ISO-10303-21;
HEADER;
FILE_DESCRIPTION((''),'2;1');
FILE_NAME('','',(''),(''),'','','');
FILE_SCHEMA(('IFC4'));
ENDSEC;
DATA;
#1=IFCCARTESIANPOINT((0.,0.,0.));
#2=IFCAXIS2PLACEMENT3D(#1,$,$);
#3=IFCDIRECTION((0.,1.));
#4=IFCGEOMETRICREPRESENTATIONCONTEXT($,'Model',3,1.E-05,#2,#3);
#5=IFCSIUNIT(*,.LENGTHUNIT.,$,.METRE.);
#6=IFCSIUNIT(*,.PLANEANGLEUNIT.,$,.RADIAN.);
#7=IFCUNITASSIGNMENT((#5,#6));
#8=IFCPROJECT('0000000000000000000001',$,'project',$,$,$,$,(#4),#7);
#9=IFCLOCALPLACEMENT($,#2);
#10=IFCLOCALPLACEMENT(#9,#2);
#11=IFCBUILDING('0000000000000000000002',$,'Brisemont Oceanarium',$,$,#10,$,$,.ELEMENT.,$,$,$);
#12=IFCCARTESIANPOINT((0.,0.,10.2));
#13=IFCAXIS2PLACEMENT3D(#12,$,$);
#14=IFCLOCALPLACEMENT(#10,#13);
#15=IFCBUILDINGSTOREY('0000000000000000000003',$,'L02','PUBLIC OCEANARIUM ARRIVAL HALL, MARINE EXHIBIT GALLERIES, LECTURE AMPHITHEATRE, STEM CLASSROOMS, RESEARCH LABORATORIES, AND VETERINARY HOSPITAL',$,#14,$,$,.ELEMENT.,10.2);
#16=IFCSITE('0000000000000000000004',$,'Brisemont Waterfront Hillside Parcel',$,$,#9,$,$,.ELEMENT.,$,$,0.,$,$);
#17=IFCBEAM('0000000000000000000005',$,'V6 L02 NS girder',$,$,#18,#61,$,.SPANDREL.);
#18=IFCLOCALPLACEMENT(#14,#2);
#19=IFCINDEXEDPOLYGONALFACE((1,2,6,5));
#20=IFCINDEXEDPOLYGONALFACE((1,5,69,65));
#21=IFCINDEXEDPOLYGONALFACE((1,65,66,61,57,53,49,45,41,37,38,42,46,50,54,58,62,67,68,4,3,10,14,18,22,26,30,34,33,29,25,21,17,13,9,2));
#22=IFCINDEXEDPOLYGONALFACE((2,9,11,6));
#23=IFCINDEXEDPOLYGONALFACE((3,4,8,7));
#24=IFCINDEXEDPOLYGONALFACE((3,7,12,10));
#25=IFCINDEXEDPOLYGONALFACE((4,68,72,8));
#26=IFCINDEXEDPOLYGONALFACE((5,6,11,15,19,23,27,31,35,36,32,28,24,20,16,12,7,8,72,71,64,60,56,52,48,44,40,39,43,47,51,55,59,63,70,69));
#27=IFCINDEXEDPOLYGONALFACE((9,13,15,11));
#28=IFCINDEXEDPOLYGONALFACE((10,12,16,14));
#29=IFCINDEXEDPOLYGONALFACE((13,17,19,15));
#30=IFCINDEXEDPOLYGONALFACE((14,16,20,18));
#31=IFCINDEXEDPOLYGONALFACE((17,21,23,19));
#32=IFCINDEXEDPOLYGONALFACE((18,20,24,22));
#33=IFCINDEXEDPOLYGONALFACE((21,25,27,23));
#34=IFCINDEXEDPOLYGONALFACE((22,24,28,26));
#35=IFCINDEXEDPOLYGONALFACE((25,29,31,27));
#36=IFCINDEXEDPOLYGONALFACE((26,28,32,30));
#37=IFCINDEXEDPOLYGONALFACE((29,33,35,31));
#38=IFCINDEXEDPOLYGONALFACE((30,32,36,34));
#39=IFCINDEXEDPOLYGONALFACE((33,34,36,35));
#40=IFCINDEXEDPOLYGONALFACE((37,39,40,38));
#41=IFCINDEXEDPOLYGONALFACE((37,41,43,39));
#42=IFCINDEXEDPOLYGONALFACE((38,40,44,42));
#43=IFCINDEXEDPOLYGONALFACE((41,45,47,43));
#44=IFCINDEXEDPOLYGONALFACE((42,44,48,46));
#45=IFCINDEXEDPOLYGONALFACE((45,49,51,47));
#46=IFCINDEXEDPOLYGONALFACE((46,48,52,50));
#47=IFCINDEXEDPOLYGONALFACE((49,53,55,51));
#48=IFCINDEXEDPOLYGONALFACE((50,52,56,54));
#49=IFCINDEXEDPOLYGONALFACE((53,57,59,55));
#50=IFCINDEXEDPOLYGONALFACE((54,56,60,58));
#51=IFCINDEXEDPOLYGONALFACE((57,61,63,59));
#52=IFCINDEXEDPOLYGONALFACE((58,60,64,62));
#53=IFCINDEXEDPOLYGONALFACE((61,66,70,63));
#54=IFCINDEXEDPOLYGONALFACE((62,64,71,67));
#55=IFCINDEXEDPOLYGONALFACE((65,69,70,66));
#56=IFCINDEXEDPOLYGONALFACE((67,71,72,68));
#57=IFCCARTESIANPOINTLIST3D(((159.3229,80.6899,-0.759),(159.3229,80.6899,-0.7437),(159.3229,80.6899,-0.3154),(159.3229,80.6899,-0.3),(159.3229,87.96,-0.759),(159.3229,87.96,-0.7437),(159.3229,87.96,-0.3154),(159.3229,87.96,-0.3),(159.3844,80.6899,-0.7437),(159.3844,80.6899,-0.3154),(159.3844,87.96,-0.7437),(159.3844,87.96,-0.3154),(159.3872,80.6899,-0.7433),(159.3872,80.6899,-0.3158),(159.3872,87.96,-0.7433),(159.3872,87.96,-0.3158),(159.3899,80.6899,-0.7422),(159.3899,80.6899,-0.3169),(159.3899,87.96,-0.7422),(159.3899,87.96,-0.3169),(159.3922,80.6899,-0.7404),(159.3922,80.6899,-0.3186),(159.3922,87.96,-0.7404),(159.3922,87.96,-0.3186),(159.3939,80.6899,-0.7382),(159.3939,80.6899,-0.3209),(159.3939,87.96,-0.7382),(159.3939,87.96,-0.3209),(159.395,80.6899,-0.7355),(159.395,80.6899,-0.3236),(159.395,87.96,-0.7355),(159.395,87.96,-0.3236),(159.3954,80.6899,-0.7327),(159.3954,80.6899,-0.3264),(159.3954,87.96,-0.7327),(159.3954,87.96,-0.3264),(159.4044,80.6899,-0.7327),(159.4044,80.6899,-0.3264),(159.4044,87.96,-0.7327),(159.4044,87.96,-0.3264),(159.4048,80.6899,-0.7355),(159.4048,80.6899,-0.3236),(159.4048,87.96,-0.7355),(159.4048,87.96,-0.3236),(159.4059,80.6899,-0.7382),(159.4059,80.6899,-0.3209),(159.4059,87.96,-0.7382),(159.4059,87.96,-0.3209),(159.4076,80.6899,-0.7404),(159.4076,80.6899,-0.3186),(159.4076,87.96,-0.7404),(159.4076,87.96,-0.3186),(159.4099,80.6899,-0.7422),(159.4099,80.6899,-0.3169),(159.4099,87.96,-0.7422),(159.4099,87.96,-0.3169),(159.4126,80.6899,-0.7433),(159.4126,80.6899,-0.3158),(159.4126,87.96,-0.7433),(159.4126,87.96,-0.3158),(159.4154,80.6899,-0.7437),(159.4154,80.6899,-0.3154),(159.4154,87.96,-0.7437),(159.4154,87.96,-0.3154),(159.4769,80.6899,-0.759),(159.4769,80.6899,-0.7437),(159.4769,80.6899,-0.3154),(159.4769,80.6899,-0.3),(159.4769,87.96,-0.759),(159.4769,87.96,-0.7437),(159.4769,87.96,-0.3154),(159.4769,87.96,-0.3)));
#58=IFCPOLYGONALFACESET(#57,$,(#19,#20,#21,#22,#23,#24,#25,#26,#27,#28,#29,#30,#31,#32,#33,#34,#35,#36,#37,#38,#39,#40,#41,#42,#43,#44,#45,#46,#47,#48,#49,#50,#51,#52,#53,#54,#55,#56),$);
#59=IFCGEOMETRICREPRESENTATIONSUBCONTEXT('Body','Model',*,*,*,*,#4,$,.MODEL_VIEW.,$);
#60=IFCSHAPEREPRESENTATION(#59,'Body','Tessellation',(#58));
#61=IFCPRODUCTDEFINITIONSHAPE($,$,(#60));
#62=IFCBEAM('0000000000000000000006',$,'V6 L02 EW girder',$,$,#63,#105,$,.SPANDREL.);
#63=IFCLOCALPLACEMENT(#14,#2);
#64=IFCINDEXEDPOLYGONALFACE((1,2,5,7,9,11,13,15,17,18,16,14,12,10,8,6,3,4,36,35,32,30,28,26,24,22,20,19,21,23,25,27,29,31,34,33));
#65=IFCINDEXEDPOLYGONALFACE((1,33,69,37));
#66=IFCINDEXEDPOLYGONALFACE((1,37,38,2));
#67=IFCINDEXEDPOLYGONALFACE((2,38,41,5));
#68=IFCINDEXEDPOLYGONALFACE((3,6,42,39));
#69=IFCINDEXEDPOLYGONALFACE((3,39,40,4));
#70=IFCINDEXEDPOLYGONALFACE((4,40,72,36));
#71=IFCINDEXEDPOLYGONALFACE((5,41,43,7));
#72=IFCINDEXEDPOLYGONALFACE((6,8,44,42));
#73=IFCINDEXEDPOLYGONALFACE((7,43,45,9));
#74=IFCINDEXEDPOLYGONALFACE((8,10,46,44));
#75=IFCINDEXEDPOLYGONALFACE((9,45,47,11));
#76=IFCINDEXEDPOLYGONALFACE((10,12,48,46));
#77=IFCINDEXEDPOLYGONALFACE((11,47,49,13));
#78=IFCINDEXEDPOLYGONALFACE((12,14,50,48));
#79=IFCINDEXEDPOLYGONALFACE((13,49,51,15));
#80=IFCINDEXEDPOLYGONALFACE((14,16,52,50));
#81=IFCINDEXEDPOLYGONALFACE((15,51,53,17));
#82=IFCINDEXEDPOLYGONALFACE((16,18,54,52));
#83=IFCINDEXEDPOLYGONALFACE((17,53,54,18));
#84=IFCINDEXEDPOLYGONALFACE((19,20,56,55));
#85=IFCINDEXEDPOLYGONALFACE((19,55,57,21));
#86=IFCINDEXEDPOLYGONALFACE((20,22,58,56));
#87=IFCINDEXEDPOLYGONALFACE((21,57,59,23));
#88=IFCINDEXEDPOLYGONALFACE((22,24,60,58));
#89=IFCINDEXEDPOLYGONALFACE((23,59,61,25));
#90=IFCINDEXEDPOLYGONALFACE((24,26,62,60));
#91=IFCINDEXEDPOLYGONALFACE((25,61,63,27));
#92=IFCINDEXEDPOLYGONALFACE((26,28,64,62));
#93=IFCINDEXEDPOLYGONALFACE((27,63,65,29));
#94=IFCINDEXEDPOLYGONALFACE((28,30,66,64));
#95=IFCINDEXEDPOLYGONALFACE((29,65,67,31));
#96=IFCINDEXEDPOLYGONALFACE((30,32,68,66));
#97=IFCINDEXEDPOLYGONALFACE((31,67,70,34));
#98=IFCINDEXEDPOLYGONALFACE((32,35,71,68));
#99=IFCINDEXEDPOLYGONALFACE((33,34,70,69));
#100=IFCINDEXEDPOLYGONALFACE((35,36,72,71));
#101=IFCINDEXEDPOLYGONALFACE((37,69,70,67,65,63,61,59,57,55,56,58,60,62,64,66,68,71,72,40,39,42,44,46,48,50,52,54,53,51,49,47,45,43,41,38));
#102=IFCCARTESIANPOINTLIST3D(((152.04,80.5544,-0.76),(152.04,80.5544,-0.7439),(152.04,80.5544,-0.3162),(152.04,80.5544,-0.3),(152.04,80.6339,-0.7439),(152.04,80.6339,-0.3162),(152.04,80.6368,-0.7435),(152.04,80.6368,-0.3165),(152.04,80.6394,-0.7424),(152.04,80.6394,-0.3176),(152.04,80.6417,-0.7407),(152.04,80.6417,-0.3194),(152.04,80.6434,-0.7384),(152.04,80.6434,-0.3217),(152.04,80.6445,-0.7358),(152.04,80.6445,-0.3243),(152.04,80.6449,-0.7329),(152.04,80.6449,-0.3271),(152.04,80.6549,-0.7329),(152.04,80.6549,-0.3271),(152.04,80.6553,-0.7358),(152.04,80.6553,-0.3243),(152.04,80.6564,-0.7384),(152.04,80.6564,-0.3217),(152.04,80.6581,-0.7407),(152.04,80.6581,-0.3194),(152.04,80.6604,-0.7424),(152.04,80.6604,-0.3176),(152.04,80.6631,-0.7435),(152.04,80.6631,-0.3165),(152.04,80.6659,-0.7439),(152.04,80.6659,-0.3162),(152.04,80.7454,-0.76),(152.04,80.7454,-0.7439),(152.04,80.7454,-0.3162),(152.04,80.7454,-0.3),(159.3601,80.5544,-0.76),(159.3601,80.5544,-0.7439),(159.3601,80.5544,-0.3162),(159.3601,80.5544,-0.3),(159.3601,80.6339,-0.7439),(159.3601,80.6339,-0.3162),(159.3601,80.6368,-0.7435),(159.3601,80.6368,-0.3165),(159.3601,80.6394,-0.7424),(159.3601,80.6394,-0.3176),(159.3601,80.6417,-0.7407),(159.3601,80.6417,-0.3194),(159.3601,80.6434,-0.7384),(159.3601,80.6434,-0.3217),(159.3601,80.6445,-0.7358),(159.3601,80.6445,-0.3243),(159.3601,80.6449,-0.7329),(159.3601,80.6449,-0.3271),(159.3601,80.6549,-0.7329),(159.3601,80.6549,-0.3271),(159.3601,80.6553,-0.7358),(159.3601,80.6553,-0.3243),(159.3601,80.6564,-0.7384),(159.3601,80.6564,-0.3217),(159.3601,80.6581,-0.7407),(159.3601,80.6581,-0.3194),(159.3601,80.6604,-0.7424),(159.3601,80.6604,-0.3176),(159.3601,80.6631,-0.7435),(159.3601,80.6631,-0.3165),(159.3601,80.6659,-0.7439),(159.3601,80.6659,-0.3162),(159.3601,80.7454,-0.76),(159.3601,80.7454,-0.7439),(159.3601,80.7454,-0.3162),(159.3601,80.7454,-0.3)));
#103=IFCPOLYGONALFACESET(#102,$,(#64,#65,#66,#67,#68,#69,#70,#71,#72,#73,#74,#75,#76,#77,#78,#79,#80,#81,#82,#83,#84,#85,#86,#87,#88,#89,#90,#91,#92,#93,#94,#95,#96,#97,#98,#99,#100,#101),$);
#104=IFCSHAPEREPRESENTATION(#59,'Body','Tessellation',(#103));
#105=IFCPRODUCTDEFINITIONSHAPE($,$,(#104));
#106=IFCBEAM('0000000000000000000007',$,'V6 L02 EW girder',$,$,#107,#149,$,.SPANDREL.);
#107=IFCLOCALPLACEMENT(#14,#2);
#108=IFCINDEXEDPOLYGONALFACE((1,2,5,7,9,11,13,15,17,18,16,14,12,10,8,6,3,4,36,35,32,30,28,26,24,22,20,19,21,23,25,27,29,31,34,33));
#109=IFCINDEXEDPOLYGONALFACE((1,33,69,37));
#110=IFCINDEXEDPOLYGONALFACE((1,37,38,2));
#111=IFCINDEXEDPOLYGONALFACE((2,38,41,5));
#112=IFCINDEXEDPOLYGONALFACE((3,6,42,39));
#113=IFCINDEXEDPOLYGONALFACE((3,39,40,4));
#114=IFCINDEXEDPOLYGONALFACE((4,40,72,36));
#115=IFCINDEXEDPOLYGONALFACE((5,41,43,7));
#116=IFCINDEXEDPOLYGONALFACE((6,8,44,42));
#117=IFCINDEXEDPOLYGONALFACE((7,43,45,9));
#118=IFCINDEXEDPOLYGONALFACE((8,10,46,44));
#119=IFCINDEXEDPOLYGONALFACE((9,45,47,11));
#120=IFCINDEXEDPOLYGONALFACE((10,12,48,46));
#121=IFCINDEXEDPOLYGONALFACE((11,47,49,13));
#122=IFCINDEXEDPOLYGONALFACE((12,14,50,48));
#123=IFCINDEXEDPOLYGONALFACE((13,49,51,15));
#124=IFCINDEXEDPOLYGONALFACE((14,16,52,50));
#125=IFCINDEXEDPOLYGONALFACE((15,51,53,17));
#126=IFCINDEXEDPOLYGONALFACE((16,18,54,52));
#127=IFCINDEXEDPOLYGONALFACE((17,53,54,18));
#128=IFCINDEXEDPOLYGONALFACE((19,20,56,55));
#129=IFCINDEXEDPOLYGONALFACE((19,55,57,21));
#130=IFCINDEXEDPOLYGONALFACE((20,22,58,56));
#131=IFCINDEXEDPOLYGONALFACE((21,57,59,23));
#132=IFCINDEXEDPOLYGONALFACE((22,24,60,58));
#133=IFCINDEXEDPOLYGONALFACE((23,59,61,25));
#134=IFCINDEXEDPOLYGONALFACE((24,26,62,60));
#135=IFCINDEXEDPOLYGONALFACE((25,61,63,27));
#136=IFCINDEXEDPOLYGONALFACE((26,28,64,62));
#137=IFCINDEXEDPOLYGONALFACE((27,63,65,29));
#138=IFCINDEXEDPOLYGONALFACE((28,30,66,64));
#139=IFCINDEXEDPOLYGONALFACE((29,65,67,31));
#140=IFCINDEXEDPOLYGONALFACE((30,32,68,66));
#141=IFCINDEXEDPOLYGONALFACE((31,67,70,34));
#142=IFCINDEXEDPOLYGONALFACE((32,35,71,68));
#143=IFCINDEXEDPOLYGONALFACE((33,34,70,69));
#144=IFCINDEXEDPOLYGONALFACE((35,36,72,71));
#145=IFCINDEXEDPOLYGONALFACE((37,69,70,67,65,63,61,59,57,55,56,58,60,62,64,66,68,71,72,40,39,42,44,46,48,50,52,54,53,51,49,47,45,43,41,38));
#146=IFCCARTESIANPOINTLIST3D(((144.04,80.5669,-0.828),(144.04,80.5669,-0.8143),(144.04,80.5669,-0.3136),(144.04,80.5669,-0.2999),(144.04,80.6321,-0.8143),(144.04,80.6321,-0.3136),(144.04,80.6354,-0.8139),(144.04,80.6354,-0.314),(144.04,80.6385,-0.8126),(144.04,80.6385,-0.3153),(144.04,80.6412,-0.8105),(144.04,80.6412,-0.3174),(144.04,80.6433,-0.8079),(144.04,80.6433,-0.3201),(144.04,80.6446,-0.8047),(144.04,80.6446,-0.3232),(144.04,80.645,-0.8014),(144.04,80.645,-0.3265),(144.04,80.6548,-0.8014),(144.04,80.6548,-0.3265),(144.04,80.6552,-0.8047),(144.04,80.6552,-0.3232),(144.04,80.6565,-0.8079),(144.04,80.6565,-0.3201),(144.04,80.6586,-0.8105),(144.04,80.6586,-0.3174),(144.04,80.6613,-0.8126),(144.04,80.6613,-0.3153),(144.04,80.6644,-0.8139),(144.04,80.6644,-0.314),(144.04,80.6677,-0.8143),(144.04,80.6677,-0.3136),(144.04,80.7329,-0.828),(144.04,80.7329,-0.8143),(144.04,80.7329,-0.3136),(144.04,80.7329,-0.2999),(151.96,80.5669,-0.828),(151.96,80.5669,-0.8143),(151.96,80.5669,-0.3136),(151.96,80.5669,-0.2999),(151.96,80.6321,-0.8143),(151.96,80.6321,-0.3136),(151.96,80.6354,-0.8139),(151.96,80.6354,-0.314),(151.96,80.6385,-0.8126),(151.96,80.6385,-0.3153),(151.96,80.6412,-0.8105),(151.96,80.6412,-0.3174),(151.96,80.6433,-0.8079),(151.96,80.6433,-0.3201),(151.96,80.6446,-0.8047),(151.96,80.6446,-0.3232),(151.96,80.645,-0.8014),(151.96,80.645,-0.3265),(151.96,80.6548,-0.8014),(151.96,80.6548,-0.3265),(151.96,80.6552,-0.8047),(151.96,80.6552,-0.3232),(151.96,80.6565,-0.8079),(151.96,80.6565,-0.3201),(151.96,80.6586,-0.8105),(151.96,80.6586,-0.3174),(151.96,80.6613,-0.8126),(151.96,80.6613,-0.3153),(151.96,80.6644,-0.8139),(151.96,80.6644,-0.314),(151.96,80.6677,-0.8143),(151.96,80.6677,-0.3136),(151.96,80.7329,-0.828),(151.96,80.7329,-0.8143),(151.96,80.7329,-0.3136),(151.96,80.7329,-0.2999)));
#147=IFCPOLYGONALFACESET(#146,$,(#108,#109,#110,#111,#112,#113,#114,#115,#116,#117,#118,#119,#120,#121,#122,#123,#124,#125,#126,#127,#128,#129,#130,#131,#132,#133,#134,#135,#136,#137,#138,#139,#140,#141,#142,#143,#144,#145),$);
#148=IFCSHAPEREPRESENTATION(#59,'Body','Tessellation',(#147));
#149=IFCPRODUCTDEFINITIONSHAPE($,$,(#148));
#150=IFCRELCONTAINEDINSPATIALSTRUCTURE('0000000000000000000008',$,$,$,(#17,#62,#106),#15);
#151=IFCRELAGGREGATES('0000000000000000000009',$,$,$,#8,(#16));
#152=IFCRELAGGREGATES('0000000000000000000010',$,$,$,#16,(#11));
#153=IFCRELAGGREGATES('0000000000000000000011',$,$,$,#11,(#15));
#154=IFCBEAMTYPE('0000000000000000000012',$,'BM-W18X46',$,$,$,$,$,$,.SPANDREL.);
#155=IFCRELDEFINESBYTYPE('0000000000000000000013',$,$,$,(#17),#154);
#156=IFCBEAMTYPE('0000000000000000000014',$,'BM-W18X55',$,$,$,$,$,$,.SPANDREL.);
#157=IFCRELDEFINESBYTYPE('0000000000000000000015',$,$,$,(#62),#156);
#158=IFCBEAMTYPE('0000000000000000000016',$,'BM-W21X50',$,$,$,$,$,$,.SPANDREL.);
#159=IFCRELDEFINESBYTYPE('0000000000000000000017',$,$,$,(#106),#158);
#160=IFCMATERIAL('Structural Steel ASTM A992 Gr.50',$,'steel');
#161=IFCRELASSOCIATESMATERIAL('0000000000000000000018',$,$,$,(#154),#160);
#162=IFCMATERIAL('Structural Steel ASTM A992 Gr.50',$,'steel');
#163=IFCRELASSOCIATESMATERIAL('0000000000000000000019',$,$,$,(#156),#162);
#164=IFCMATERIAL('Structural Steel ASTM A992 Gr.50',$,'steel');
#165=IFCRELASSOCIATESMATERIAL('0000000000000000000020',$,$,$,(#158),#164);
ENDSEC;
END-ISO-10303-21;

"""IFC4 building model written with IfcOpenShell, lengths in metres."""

from ifc_helpers import new_model, si_unit, direction, frame, origin, origin_2d, place, context, subcontext, project, spatial, i_section, extrude, material, material_profile, profile_set, type_object, element, save


model = new_model("IFC4")

# Units and contexts
model_context = context("Model", 3, precision=1e-05, world=origin(), true_north=direction((0.0, 1.0)))
body_context = subcontext(model_context, "Body", "Model", "MODEL_VIEW")
ifc_project = project(units=[si_unit("LENGTHUNIT", "METRE"), si_unit("PLANEANGLEUNIT", "RADIAN")], contexts=[model_context])

# Site, building, storey
site_placement = place(None, origin())
site = spatial("IfcSite", under=ifc_project, at=site_placement, Name="Brisemont Waterfront Hillside Parcel", CompositionType="ELEMENT", RefElevation=0.0)
building_placement = place(site_placement, origin())
building = spatial("IfcBuilding", under=site, at=building_placement, Name="Brisemont Oceanarium", CompositionType="ELEMENT")
storey_placement = place(building_placement, frame((0.0, 0.0, 10.2)))
storey = spatial("IfcBuildingStorey", under=building, at=storey_placement, Name="L02", Description="PUBLIC OCEANARIUM ARRIVAL HALL, MARINE EXHIBIT GALLERIES, LECTURE AMPHITHEATRE, STEM CLASSROOMS, RESEARCH LABORATORIES, AND VETERINARY HOSPITAL", CompositionType="ELEMENT", Elevation=10.2)

# Beams
ifc_material_1 = material(Name="Structural Steel ASTM A992 Gr.50", Category="steel")
ifc_material_profile_1 = material_profile(ifc_material_1, i_section(OverallWidth=0.1541, OverallDepth=0.459, WebThickness=0.009, FlangeThickness=0.0154, FilletRadius=0.011, at=origin_2d()), Name="W18X46")
ifc_profile_set_1 = profile_set([ifc_material_profile_1], Name="Structural Steel ASTM A992 Gr.50")
beam_type_1 = type_object("IfcBeamType", Name="BM-W18X46", PredefinedType="SPANDREL", material=ifc_profile_set_1)
beam_1_placement = place(storey_placement, frame((159.3999, 80.6899, -0.5295), z_axis=(0.0, 1.0, 0.0), x_axis=(-1.0, 0.0, 0.0)))
element("IfcBeam", 1, at=beam_1_placement, inside=storey, type_object=beam_type_1, Name="V6 L02 NS girder", PredefinedType="SPANDREL", context=body_context, shape_type="SweptSolid", body=[
    extrude(i_section(OverallWidth=0.1541, OverallDepth=0.459, WebThickness=0.009, FlangeThickness=0.0154, FilletRadius=0.011, at=origin_2d()), origin(), (0.0, 0.0, 1.0), 7.27),
])
ifc_material_2 = material(Name="Structural Steel ASTM A992 Gr.50", Category="steel")
ifc_material_profile_2 = material_profile(ifc_material_2, i_section(OverallWidth=0.1909, OverallDepth=0.46, WebThickness=0.01, FlangeThickness=0.0161, FilletRadius=0.011, at=origin_2d()), Name="W18X55")
ifc_profile_set_2 = profile_set([ifc_material_profile_2], Name="Structural Steel ASTM A992 Gr.50")
beam_type_2 = type_object("IfcBeamType", Name="BM-W18X55", PredefinedType="SPANDREL", material=ifc_profile_set_2)
beam_2_placement = place(storey_placement, frame((152.04, 80.6499, -0.53), z_axis=(1.0, 0.0, 0.0), x_axis=(0.0, 1.0, 0.0)))
element("IfcBeam", 2, at=beam_2_placement, inside=storey, type_object=beam_type_2, Name="V6 L02 EW girder", PredefinedType="SPANDREL", context=body_context, shape_type="SweptSolid", body=[
    extrude(i_section(OverallWidth=0.1909, OverallDepth=0.46, WebThickness=0.01, FlangeThickness=0.0161, FilletRadius=0.011, at=origin_2d()), origin(), (0.0, 0.0, 1.0), 7.3201),
])
ifc_material_3 = material(Name="Structural Steel ASTM A992 Gr.50", Category="steel")
ifc_material_profile_3 = material_profile(ifc_material_3, i_section(OverallWidth=0.166, OverallDepth=0.5281, WebThickness=0.0098, FlangeThickness=0.0137, FilletRadius=0.0129, at=origin_2d()), Name="W21X50")
ifc_profile_set_3 = profile_set([ifc_material_profile_3], Name="Structural Steel ASTM A992 Gr.50")
beam_type_3 = type_object("IfcBeamType", Name="BM-W21X50", PredefinedType="SPANDREL", material=ifc_profile_set_3)
beam_3_placement = place(storey_placement, frame((144.04, 80.6499, -0.564), z_axis=(1.0, 0.0, 0.0), x_axis=(0.0, 1.0, 0.0)))
element("IfcBeam", 3, at=beam_3_placement, inside=storey, type_object=beam_type_3, Name="V6 L02 EW girder", PredefinedType="SPANDREL", context=body_context, shape_type="SweptSolid", body=[
    extrude(i_section(OverallWidth=0.166, OverallDepth=0.5281, WebThickness=0.0098, FlangeThickness=0.0137, FilletRadius=0.0129, at=origin_2d()), origin(), (0.0, 0.0, 1.0), 7.9199),
])

save(model, "model.ifc")
